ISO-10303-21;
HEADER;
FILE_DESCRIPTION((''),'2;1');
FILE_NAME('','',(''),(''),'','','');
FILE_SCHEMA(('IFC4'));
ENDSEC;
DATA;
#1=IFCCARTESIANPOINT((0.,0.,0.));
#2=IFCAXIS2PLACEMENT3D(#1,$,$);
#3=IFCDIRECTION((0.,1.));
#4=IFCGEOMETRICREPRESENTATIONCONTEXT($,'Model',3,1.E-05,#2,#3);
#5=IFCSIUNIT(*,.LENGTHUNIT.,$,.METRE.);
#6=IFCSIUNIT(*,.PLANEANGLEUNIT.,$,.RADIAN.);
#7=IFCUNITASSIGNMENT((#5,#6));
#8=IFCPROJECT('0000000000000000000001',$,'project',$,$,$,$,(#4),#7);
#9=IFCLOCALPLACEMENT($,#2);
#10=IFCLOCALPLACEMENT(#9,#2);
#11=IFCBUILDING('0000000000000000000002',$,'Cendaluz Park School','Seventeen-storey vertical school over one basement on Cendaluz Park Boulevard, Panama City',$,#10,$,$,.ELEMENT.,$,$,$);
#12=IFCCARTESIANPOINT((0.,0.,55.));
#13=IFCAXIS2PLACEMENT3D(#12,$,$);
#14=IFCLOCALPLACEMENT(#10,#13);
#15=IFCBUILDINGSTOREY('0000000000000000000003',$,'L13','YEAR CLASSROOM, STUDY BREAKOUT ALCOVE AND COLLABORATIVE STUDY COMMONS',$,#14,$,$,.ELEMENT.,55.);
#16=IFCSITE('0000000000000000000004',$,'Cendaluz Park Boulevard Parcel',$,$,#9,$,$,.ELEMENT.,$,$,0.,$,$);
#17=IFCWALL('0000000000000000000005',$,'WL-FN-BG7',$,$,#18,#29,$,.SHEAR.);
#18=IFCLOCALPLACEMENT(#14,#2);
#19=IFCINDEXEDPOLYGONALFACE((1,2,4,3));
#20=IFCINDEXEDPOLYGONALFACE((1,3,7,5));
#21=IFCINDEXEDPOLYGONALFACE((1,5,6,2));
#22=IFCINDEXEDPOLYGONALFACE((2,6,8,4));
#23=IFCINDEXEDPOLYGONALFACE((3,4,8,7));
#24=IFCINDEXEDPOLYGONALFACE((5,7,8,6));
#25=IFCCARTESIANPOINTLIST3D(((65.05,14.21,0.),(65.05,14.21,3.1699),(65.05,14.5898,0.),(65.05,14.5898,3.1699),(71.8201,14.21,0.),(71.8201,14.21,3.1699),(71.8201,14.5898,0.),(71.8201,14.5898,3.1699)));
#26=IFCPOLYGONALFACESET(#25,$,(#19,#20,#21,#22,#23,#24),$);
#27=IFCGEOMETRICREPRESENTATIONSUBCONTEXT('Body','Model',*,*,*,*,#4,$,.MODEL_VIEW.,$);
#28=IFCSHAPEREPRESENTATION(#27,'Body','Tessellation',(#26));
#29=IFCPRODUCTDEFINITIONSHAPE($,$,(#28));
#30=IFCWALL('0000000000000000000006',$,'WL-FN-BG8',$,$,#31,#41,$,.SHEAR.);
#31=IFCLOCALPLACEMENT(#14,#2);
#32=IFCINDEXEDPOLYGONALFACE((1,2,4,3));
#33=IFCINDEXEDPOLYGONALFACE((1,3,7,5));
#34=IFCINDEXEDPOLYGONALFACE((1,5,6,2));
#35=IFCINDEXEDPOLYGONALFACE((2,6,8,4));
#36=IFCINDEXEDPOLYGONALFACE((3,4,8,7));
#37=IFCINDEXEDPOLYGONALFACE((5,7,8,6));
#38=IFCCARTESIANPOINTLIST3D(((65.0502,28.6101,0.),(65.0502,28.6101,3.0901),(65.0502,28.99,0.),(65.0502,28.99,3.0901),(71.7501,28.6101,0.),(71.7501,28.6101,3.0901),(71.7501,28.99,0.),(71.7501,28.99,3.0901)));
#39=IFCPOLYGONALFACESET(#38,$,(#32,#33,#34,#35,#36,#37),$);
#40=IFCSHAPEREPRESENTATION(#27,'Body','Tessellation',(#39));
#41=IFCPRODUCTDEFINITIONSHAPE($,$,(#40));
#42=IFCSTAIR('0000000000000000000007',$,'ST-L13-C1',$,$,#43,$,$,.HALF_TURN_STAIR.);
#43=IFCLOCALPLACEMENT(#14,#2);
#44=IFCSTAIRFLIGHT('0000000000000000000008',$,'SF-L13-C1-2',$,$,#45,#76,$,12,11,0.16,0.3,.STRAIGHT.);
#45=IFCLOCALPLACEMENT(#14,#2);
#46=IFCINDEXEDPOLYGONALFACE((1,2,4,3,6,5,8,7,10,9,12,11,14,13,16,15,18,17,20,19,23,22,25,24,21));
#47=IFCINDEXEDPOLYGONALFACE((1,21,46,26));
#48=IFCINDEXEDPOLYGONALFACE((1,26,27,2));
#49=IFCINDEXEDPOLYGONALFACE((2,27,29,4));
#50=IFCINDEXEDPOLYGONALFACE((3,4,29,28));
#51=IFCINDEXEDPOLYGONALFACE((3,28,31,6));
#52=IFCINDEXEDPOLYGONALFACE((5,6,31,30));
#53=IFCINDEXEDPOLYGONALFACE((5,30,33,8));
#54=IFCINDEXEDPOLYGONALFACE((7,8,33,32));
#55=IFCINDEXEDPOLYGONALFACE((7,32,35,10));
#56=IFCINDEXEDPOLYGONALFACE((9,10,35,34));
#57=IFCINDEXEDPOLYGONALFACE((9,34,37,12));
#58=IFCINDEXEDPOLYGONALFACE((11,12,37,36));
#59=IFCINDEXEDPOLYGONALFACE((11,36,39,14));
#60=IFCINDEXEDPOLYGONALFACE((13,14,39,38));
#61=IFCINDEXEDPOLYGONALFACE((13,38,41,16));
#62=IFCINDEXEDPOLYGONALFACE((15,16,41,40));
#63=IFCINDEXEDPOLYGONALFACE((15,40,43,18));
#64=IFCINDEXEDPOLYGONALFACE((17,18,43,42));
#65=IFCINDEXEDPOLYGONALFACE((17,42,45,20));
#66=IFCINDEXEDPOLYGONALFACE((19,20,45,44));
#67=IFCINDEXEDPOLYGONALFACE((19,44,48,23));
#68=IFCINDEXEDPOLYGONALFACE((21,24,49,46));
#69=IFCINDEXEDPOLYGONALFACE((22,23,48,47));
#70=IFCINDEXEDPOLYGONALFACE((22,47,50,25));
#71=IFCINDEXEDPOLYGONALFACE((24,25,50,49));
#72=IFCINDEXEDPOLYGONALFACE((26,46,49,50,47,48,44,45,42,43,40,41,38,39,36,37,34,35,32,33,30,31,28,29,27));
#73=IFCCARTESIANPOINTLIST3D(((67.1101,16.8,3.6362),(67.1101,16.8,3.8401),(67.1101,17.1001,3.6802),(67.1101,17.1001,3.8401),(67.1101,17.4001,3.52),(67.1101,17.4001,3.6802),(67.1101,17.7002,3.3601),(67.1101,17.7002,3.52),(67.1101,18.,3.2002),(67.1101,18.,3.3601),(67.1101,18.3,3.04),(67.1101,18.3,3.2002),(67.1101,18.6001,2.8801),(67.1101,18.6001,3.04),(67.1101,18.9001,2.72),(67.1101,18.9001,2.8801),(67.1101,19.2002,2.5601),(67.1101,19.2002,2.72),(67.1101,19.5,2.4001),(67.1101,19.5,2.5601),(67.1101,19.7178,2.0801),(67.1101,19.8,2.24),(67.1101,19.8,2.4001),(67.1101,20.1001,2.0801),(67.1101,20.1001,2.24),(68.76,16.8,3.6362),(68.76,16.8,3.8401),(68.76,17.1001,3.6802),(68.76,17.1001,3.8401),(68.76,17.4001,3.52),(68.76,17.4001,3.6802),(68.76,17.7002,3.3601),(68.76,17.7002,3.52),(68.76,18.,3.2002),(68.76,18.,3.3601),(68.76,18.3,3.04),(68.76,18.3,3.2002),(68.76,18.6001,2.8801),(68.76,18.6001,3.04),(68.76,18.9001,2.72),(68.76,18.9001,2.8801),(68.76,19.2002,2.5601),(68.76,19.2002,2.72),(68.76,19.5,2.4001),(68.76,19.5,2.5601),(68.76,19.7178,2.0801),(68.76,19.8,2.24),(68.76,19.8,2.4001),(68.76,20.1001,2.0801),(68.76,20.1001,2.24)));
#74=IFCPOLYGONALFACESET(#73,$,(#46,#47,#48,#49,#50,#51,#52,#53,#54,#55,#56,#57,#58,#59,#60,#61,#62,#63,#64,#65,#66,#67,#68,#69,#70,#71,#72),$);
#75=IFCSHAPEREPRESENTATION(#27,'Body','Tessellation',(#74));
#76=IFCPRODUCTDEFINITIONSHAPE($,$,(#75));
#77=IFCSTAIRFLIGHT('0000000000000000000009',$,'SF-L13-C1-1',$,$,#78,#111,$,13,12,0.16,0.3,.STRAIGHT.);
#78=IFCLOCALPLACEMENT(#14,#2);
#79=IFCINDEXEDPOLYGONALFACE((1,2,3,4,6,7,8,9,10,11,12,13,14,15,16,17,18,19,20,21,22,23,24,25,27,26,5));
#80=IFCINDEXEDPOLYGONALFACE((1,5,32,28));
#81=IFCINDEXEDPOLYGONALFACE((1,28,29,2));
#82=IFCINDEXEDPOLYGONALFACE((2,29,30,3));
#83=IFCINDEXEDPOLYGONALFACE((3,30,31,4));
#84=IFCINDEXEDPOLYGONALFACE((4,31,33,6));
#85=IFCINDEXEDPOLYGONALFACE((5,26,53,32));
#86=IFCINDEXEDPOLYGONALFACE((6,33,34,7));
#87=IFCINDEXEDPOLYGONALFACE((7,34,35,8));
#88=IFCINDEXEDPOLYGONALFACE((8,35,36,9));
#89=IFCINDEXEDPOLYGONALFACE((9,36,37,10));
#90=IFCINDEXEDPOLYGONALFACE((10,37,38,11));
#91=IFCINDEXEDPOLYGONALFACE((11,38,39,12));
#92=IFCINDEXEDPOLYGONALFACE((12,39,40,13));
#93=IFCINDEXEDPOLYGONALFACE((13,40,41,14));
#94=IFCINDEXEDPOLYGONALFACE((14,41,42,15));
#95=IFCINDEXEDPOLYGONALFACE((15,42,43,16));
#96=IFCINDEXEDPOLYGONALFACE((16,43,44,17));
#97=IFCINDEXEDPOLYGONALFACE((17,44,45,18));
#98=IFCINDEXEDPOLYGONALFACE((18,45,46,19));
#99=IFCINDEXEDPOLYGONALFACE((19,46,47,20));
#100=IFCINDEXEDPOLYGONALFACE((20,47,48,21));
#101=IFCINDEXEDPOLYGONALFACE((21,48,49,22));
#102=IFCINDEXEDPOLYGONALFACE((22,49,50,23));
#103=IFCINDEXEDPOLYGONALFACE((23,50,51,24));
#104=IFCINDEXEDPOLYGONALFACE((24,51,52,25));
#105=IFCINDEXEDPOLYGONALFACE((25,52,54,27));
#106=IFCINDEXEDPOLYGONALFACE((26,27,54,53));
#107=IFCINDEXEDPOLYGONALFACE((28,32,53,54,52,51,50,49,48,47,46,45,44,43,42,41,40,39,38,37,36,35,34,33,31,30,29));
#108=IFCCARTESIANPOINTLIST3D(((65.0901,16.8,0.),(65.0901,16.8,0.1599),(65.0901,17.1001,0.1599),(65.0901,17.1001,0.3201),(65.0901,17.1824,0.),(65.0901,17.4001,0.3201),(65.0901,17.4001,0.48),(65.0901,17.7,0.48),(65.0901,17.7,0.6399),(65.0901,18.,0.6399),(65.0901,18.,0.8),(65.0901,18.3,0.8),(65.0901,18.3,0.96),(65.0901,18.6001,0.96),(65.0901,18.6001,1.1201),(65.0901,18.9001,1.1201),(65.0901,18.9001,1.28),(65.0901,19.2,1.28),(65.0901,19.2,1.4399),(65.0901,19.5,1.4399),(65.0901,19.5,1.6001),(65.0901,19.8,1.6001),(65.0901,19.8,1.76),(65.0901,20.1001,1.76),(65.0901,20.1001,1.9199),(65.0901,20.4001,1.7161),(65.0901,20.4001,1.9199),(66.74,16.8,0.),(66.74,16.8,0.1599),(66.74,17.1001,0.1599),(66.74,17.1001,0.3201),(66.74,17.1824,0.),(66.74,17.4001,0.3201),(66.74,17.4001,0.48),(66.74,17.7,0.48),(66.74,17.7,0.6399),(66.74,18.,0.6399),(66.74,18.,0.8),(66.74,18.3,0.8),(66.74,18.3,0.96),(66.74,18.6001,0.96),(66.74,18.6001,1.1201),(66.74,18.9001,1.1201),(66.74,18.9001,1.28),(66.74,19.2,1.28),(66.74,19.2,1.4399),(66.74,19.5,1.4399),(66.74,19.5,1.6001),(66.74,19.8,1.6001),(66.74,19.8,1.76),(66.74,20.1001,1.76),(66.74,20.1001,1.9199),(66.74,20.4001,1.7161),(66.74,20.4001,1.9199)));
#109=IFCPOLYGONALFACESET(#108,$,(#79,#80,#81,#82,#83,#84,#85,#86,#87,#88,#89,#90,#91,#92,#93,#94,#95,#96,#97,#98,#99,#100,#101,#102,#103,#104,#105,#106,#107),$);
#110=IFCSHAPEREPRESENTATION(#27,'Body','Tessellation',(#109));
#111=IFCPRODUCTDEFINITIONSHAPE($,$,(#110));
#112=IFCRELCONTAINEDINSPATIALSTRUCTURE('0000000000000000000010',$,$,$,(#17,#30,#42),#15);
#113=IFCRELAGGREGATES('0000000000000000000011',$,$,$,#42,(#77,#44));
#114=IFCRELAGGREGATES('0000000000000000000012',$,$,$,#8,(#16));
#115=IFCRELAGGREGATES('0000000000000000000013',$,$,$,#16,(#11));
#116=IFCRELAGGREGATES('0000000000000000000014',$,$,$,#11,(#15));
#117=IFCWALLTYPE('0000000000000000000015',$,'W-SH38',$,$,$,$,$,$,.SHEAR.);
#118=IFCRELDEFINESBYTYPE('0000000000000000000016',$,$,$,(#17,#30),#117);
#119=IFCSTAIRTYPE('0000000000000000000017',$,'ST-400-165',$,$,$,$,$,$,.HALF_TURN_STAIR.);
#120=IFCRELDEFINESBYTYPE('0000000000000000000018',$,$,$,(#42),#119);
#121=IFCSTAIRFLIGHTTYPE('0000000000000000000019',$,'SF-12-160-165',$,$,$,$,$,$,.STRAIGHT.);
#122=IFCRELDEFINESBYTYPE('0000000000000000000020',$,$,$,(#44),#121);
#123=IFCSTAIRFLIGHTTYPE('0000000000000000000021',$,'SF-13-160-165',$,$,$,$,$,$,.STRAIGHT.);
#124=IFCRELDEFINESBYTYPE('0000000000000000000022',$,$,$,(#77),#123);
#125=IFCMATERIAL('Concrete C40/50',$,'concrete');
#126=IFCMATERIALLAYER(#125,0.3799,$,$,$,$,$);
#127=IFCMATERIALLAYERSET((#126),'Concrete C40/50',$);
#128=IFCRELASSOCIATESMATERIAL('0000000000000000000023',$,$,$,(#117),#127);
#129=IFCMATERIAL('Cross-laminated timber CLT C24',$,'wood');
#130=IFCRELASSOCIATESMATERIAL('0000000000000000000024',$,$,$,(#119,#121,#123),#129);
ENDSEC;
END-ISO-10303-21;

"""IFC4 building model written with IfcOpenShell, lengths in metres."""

from ifc_helpers import new_model, si_unit, direction, frame, frame_2d, origin, place, context, subcontext, project, spatial, polyline, rectangle, outline, extrude, material, layer, layer_set, type_object, element, aggregate, save


model = new_model("IFC4")

# Units and contexts
model_context = context("Model", 3, precision=1e-05, world=origin(), true_north=direction((0.0, 1.0)))
body_context = subcontext(model_context, "Body", "Model", "MODEL_VIEW")
ifc_project = project(units=[si_unit("LENGTHUNIT", "METRE"), si_unit("PLANEANGLEUNIT", "RADIAN")], contexts=[model_context])

# Site, building, storey
site_placement = place(None, origin())
site = spatial("IfcSite", under=ifc_project, at=site_placement, Name="Cendaluz Park Boulevard Parcel", CompositionType="ELEMENT", RefElevation=0.0)
building_placement = place(site_placement, origin())
building = spatial("IfcBuilding", under=site, at=building_placement, Name="Cendaluz Park School", Description="Seventeen-storey vertical school over one basement on Cendaluz Park Boulevard, Panama City", CompositionType="ELEMENT")
storey_placement = place(building_placement, frame((0.0, 0.0, 55.0)))
storey = spatial("IfcBuildingStorey", under=building, at=storey_placement, Name="L13", Description="YEAR CLASSROOM, STUDY BREAKOUT ALCOVE AND COLLABORATIVE STUDY COMMONS", CompositionType="ELEMENT", Elevation=55.0)

# Shared definitions
ifc_material_1 = material(Name="Concrete C40/50", Category="concrete")

# Walls
ifc_layer_1 = layer(ifc_material_1, 0.3799)
ifc_layer_set_1 = layer_set([ifc_layer_1], Name="Concrete C40/50")
wall_type_1 = type_object("IfcWallType", Name="W-SH38", PredefinedType="SHEAR", material=ifc_layer_set_1)
wall_1_placement = place(storey_placement, frame((65.05, 14.3999, 0.0), z_axis=(0.0, 0.0, 1.0), x_axis=(1.0, 0.0, 0.0)))
element("IfcWall", 1, at=wall_1_placement, inside=storey, type_object=wall_type_1, Name="WL-FN-BG7", PredefinedType="SHEAR", context=body_context, shape_type="SweptSolid", body=[
    extrude(rectangle(XDim=6.77, YDim=0.3799, at=frame_2d((3.385, 0.0))), origin(), (0.0, 0.0, 1.0), 3.1699),
])
wall_2_placement = place(storey_placement, frame((65.05, 28.8, 0.0), z_axis=(0.0, 0.0, 1.0), x_axis=(1.0, 0.0, 0.0)))
element("IfcWall", 2, at=wall_2_placement, inside=storey, type_object=wall_type_1, Name="WL-FN-BG8", PredefinedType="SHEAR", context=body_context, shape_type="SweptSolid", body=[
    extrude(rectangle(XDim=6.7, YDim=0.3799, at=frame_2d((3.3501, 0.0))), origin(), (0.0, 0.0, 1.0), 3.0901),
])

# Stair, stair flights
ifc_material_2 = material(Name="Cross-laminated timber CLT C24", Category="wood")
stair_type = type_object("IfcStairType", Name="ST-400-165", PredefinedType="HALF_TURN_STAIR", material=ifc_material_2)
stair_placement = place(storey_placement, origin())
stair = element("IfcStair", 3, at=stair_placement, inside=storey, type_object=stair_type, Name="ST-L13-C1", PredefinedType="HALF_TURN_STAIR")
stair_flight_type_1 = type_object("IfcStairFlightType", Name="SF-12-160-165", PredefinedType="STRAIGHT", material=ifc_material_2)
stair_flight_1_placement = place(storey_placement, frame((67.9351, 20.1001, 2.0801), z_axis=(0.0, 0.0, 1.0), x_axis=(0.0, -1.0, 0.0)))
stair_flight_1 = element("IfcStairFlight", 4, at=stair_flight_1_placement, type_object=stair_flight_type_1, Name="SF-L13-C1-2", NumberOfRisers=12, NumberOfTreads=11, PredefinedType="STRAIGHT", RiserHeight=0.16, TreadLength=0.3, context=body_context, shape_type="SweptSolid", body=[
    extrude(outline(polyline([(0.0, 0.0), (0.0, 0.1599), (0.3, 0.1599), (0.3, 0.3201), (0.6001, 0.3201), (0.6001, 0.48), (0.8999, 0.48), (0.8999, 0.6399), (1.2, 0.6399), (1.2, 0.8), (1.5, 0.8), (1.5, 0.96), (1.8, 0.96), (1.8, 1.1201), (2.1001, 1.1201), (2.1001, 1.28), (2.3999, 1.28), (2.3999, 1.4399), (2.7, 1.4399), (2.7, 1.6001), (3.0, 1.6001), (3.0, 1.76), (3.3, 1.76), (3.3, 1.9199), (3.3, 1.5562), (0.3823, 0.0), (0.0, 0.0)])), frame((0.0, 0.825, 0.0), z_axis=(0.0, -1.0, 0.0), x_axis=(1.0, 0.0, 0.0)), (0.0, 0.0, 1.0), 1.6499),
])
stair_flight_type_2 = type_object("IfcStairFlightType", Name="SF-13-160-165", PredefinedType="STRAIGHT", material=ifc_material_2)
stair_flight_2_placement = place(storey_placement, frame((65.915, 16.8, 0.0), z_axis=(0.0, 0.0, 1.0), x_axis=(0.0, 1.0, 0.0)))
stair_flight_2 = element("IfcStairFlight", 5, at=stair_flight_2_placement, type_object=stair_flight_type_2, Name="SF-L13-C1-1", NumberOfRisers=13, NumberOfTreads=12, PredefinedType="STRAIGHT", RiserHeight=0.16, TreadLength=0.3, context=body_context, shape_type="SweptSolid", body=[
    extrude(outline(polyline([(0.0, 0.0), (0.0, 0.1599), (0.3, 0.1599), (0.3, 0.3201), (0.6001, 0.3201), (0.6001, 0.48), (0.8999, 0.48), (0.8999, 0.6399), (1.2, 0.6399), (1.2, 0.8), (1.5, 0.8), (1.5, 0.96), (1.8, 0.96), (1.8, 1.1201), (2.1001, 1.1201), (2.1001, 1.28), (2.3999, 1.28), (2.3999, 1.4399), (2.7, 1.4399), (2.7, 1.6001), (3.0, 1.6001), (3.0, 1.76), (3.3, 1.76), (3.3, 1.9199), (3.6001, 1.9199), (3.6001, 2.0801), (3.6001, 1.7161), (0.3823, 0.0), (0.0, 0.0)])), frame((0.0, 0.825, 0.0), z_axis=(0.0, -1.0, 0.0), x_axis=(1.0, 0.0, 0.0)), (0.0, 0.0, 1.0), 1.6499),
])
aggregate(stair, [stair_flight_2, stair_flight_1])

save(model, "model.ifc")
